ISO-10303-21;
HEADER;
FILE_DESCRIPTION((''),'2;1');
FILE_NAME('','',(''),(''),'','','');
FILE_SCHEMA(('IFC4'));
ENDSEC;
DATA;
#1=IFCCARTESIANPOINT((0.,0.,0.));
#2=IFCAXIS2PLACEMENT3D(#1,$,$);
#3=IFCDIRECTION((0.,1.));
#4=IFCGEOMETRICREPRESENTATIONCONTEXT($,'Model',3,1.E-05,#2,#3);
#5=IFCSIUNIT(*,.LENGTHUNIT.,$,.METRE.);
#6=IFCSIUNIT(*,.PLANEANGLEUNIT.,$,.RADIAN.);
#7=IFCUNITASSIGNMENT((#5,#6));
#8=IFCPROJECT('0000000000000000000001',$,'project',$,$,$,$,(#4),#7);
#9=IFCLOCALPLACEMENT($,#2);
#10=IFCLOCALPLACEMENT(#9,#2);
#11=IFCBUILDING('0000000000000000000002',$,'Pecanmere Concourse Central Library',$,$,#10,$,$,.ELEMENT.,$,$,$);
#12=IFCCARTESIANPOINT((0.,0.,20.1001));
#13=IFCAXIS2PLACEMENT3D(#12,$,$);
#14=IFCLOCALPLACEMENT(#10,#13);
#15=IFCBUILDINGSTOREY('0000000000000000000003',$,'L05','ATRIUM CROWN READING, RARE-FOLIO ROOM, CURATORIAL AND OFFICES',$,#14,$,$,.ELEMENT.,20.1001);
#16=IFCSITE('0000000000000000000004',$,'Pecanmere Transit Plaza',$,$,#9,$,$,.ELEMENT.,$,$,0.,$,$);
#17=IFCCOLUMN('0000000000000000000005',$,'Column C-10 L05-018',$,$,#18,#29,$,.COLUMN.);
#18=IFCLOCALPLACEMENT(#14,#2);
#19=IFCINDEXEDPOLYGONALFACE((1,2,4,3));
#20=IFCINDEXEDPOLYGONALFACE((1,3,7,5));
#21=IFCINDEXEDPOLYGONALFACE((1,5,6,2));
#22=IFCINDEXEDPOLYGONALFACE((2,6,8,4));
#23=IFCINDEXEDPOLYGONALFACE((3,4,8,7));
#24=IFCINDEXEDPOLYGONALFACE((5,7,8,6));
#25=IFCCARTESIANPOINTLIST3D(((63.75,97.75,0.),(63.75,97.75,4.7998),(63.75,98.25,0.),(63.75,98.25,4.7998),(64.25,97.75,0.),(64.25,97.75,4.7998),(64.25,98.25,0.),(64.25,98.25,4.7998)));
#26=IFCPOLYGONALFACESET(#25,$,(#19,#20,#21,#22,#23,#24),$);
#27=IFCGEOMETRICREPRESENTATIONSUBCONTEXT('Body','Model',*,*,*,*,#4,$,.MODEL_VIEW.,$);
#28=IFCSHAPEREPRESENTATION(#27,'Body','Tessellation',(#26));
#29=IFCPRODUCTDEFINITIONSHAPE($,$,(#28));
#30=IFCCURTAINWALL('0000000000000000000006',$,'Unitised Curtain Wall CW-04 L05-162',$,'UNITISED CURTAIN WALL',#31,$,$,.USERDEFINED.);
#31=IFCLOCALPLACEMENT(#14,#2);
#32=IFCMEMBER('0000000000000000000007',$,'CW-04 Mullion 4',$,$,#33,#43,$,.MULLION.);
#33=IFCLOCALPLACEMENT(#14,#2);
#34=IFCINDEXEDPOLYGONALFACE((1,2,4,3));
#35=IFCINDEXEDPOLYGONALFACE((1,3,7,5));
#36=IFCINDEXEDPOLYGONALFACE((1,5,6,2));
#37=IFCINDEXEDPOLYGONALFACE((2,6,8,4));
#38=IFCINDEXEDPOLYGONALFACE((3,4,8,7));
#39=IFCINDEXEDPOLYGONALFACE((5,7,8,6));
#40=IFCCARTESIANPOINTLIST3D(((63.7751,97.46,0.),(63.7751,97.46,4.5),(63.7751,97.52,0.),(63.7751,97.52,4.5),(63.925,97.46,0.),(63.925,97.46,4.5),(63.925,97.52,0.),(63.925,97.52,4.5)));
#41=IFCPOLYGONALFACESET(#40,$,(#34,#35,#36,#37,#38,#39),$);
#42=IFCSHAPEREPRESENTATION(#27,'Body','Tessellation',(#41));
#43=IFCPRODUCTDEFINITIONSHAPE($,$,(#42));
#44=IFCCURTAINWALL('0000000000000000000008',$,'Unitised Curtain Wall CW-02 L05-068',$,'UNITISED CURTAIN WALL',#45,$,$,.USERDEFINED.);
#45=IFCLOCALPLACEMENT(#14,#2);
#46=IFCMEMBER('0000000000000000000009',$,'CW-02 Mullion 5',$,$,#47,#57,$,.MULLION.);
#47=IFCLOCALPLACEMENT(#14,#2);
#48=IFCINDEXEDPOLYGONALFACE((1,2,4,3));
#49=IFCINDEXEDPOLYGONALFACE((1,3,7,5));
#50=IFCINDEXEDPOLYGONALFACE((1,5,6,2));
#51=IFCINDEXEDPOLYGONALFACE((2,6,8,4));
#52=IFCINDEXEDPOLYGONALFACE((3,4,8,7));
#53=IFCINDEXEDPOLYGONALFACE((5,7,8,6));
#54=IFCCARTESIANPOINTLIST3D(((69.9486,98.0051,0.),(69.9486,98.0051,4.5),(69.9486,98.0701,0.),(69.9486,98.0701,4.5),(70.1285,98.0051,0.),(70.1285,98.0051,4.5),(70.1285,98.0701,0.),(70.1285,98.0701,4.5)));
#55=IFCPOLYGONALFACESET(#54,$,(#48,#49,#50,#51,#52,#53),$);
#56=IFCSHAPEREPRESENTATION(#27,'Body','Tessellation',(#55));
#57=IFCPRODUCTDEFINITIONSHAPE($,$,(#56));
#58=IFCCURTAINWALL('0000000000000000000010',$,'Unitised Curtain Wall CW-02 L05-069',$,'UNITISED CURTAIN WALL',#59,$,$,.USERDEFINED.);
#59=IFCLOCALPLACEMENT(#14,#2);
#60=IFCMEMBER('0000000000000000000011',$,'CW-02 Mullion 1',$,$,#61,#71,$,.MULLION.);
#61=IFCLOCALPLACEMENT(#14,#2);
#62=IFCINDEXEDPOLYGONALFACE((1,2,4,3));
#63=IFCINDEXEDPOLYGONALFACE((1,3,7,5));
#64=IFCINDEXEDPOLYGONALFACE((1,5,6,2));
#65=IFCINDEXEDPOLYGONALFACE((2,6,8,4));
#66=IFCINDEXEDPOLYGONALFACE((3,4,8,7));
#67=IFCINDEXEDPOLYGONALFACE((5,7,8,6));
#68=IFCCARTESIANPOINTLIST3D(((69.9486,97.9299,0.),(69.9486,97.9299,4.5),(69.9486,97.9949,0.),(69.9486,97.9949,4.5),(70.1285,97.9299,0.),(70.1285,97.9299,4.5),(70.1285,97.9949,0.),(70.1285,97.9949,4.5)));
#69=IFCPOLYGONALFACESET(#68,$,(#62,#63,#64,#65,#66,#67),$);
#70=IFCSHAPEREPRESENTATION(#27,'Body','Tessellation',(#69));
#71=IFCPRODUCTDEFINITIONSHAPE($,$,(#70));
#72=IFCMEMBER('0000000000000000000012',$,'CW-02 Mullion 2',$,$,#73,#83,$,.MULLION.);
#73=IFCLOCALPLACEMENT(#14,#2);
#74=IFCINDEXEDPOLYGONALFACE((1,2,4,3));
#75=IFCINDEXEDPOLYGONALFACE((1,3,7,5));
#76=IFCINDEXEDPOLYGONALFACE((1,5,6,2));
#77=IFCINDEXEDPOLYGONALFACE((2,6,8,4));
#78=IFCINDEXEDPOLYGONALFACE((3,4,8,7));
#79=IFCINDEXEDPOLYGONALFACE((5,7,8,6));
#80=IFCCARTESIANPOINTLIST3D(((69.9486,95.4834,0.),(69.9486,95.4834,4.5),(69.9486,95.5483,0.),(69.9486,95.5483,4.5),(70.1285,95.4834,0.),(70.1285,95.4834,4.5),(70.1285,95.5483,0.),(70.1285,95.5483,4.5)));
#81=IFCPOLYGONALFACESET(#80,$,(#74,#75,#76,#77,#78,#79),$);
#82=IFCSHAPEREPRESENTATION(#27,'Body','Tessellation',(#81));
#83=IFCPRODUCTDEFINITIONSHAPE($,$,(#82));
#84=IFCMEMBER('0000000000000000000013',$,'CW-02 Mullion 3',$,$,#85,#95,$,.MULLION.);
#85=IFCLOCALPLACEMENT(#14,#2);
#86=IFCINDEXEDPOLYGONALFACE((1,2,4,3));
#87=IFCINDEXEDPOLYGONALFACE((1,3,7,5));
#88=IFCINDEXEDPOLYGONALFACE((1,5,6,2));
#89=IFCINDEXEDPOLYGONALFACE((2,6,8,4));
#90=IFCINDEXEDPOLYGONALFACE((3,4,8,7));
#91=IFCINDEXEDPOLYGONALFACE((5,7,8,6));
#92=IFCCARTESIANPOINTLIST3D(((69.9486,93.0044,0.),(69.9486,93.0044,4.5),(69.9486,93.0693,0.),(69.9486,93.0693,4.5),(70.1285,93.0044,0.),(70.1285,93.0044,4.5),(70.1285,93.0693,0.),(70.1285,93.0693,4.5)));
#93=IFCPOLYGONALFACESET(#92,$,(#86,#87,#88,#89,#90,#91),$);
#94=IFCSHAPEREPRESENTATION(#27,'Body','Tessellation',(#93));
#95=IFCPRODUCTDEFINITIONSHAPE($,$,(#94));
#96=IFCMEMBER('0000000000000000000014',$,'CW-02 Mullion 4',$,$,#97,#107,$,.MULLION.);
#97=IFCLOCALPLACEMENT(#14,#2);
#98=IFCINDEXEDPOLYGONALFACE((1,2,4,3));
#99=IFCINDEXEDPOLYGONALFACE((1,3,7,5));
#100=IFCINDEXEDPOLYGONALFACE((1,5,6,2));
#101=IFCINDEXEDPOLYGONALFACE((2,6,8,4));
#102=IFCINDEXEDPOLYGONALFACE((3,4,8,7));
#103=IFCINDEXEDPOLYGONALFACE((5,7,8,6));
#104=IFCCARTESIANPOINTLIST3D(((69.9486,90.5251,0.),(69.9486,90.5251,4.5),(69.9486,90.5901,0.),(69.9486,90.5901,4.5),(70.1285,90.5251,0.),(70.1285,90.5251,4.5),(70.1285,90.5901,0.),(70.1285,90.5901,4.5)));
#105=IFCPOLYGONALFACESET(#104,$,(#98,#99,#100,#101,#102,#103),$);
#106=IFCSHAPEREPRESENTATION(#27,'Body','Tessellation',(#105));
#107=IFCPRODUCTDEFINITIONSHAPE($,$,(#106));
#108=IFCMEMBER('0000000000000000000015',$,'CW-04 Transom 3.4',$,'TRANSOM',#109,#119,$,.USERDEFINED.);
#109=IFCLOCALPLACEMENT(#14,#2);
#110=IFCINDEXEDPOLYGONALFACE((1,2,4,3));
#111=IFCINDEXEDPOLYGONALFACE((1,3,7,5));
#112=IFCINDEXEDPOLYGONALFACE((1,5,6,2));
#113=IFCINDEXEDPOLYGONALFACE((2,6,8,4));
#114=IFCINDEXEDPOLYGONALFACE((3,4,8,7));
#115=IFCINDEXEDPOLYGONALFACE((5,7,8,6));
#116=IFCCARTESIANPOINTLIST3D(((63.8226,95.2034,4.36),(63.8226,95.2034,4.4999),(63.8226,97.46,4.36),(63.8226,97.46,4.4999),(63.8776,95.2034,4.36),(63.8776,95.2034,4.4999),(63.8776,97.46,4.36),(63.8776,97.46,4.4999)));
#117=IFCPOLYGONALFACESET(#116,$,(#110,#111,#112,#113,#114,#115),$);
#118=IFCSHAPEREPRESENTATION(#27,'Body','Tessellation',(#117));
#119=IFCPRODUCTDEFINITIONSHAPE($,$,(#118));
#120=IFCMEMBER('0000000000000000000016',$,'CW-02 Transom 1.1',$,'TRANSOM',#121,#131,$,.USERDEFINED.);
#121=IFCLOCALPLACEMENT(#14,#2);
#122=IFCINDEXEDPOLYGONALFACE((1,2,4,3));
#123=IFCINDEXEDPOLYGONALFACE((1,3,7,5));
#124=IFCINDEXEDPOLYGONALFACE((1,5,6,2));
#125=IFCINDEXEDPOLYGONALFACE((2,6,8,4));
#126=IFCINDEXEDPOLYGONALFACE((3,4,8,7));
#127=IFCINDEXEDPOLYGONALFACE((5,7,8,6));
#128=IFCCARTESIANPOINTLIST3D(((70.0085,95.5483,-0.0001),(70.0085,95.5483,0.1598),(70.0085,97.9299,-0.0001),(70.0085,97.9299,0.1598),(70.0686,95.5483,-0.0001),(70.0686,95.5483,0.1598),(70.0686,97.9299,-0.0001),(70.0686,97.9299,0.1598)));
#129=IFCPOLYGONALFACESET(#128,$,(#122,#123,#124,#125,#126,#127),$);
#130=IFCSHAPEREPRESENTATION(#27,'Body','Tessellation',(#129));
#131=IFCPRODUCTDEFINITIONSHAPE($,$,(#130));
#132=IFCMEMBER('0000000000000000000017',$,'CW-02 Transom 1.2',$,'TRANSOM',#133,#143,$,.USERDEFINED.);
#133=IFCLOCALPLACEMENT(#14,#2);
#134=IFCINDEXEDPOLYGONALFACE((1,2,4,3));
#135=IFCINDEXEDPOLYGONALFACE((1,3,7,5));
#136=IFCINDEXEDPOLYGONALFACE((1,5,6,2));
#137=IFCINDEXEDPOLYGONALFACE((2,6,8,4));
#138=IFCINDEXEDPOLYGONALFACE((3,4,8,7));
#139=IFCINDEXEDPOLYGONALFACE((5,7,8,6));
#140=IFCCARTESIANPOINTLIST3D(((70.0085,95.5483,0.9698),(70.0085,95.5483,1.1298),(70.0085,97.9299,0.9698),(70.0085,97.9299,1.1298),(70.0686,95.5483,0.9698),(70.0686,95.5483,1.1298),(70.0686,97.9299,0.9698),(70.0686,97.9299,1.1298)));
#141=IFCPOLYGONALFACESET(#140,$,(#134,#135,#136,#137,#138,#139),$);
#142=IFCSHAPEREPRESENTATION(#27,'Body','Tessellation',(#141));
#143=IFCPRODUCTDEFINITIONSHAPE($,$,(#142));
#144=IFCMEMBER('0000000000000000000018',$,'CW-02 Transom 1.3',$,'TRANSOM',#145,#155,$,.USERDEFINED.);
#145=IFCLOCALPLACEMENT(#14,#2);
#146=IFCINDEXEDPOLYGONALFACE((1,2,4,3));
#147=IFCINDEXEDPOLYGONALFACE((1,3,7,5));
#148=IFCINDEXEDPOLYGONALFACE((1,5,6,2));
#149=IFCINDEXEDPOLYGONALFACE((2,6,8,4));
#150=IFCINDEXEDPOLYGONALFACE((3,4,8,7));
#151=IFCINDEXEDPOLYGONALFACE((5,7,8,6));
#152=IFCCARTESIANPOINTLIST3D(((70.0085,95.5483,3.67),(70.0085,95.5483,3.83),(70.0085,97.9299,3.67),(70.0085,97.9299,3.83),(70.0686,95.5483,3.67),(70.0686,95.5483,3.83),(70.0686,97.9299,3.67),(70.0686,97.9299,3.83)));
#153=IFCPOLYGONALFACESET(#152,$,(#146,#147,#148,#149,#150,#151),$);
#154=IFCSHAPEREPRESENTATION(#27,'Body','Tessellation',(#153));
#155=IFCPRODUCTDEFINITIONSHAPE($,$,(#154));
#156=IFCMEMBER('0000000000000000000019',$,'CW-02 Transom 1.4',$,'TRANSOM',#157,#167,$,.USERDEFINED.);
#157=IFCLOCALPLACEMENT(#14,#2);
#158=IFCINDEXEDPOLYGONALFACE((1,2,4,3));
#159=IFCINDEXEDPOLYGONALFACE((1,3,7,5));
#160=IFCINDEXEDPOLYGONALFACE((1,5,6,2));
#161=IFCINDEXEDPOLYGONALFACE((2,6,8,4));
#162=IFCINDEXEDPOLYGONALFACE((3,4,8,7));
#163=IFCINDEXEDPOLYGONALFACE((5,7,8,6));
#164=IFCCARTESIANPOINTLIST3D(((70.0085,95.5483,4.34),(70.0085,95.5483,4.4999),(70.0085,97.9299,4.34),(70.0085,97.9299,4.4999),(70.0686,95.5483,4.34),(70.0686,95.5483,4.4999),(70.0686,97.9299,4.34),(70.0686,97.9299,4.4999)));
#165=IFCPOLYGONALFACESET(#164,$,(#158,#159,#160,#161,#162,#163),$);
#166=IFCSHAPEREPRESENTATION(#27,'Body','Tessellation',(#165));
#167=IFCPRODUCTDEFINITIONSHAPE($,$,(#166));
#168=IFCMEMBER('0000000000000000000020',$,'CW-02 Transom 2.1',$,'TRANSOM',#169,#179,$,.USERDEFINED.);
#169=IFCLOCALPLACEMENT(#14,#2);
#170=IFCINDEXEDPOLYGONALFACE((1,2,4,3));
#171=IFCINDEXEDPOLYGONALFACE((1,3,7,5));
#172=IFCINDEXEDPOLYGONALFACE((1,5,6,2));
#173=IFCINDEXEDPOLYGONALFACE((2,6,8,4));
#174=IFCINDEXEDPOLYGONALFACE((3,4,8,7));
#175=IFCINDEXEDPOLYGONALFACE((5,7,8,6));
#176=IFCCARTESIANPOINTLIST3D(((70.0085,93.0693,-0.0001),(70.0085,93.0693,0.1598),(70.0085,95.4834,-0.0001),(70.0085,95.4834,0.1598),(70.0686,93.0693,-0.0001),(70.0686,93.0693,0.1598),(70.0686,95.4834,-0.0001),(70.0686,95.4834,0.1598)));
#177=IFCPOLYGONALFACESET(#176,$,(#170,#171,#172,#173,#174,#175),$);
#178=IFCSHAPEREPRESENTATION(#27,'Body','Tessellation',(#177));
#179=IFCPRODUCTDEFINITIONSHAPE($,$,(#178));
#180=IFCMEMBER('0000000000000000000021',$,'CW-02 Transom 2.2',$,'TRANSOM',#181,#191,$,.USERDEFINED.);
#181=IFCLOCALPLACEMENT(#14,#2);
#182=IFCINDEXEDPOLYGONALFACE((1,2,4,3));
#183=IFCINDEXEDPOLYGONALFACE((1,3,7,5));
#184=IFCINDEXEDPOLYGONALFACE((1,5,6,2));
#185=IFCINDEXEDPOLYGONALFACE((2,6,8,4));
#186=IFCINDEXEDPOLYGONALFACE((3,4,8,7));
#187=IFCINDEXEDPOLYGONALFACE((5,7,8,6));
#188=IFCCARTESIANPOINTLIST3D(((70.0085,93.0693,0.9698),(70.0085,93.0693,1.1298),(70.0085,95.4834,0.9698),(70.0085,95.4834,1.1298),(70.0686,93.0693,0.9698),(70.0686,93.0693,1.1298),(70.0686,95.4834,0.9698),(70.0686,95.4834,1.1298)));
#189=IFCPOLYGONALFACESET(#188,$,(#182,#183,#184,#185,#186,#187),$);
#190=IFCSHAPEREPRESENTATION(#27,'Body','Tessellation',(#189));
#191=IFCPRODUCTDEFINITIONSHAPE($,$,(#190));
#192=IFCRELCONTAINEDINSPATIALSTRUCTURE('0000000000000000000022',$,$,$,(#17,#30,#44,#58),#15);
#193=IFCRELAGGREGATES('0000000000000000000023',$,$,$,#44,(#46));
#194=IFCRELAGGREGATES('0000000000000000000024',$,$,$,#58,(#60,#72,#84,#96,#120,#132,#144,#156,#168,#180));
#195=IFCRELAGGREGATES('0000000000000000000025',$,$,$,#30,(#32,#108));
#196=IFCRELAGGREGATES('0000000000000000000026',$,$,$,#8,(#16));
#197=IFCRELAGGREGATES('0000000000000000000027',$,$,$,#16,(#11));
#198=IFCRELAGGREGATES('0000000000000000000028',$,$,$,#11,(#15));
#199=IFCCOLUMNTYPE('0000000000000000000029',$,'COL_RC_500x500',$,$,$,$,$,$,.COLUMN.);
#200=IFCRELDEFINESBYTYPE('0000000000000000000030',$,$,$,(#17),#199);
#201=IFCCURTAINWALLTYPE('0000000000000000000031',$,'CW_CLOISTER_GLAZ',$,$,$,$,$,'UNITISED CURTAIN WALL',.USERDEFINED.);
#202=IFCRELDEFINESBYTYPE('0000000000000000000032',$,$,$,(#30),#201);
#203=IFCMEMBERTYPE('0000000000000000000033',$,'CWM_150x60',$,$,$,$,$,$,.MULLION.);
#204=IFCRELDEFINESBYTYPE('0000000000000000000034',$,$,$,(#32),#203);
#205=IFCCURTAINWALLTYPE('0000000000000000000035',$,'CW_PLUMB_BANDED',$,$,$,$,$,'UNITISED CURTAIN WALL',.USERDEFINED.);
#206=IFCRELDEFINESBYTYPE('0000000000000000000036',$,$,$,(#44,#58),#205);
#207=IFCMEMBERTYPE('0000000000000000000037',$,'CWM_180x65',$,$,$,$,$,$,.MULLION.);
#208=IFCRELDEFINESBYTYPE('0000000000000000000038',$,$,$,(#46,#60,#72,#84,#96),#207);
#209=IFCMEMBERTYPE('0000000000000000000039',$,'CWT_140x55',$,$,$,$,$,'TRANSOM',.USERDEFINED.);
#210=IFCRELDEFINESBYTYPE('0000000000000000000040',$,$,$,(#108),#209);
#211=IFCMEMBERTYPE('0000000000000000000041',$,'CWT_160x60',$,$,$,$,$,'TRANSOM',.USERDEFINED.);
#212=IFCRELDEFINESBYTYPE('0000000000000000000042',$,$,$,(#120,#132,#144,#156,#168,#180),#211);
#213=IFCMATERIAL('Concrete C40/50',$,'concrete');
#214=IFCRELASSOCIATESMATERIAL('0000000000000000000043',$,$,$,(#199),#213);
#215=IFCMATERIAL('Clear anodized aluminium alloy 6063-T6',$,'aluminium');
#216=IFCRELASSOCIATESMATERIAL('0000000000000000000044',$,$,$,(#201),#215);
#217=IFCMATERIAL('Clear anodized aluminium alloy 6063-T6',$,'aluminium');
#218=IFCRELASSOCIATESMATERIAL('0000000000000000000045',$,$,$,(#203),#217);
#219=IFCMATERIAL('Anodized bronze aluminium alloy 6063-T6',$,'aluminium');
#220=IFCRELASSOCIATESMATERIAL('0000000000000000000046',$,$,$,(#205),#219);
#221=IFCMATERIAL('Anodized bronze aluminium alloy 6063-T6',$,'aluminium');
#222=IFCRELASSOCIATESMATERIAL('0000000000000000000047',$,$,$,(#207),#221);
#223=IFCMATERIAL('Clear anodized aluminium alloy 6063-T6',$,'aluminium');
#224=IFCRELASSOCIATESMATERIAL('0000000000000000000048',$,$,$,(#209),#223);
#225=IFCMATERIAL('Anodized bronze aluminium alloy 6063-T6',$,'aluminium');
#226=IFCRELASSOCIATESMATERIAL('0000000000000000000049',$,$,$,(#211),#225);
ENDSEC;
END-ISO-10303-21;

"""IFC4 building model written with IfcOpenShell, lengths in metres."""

from ifc_helpers import new_model, si_unit, direction, frame, origin, origin_2d, place, context, subcontext, project, spatial, rectangle, extrude, material, material_profile, profile_set, type_object, element, aggregate, save


model = new_model("IFC4")

# Units and contexts
model_context = context("Model", 3, precision=1e-05, world=origin(), true_north=direction((0.0, 1.0)))
body_context = subcontext(model_context, "Body", "Model", "MODEL_VIEW")
ifc_project = project(units=[si_unit("LENGTHUNIT", "METRE"), si_unit("PLANEANGLEUNIT", "RADIAN")], contexts=[model_context])

# Site, building, storey
site_placement = place(None, origin())
site = spatial("IfcSite", under=ifc_project, at=site_placement, Name="Pecanmere Transit Plaza", CompositionType="ELEMENT", RefElevation=0.0)
building_placement = place(site_placement, origin())
building = spatial("IfcBuilding", under=site, at=building_placement, Name="Pecanmere Concourse Central Library", CompositionType="ELEMENT")
storey_placement = place(building_placement, frame((0.0, 0.0, 20.1001)))
storey = spatial("IfcBuildingStorey", under=building, at=storey_placement, Name="L05", Description="ATRIUM CROWN READING, RARE-FOLIO ROOM, CURATORIAL AND OFFICES", CompositionType="ELEMENT", Elevation=20.1001)

# Column
ifc_material_1 = material(Name="Concrete C40/50", Category="concrete")
ifc_material_profile_1 = material_profile(ifc_material_1, rectangle(XDim=0.5, YDim=0.5, at=origin_2d()), Name="RC 500x500")
ifc_profile_set_1 = profile_set([ifc_material_profile_1], Name="Concrete C40/50")
column_type = type_object("IfcColumnType", Name="COL_RC_500x500", PredefinedType="COLUMN", material=ifc_profile_set_1)
column_placement = place(storey_placement, frame((64.0, 98.0, 0.0), z_axis=(0.0, 0.0, 1.0), x_axis=(1.0, 0.0, 0.0)))
element("IfcColumn", 1, at=column_placement, inside=storey, type_object=column_type, Name="Column C-10 L05-018", PredefinedType="COLUMN", context=body_context, shape_type="SweptSolid", body=[
    extrude(rectangle(XDim=0.5, YDim=0.5, at=origin_2d()), origin(), (0.0, 0.0, 1.0), 4.7998),
])

# Curtain walls, members
ifc_material_2 = material(Name="Clear anodized aluminium alloy 6063-T6", Category="aluminium")
curtain_wall_type_1 = type_object("IfcCurtainWallType", Name="CW_CLOISTER_GLAZ", ElementType="UNITISED CURTAIN WALL", PredefinedType="USERDEFINED", material=ifc_material_2)
curtain_wall_1_placement = place(storey_placement, origin())
curtain_wall_1 = element("IfcCurtainWall", 2, at=curtain_wall_1_placement, inside=storey, type_object=curtain_wall_type_1, Name="Unitised Curtain Wall CW-04 L05-162", ObjectType="UNITISED CURTAIN WALL", PredefinedType="USERDEFINED")
ifc_material_3 = material(Name="Clear anodized aluminium alloy 6063-T6", Category="aluminium")
ifc_material_profile_2 = material_profile(ifc_material_3, rectangle(XDim=0.0601, YDim=0.1499, at=origin_2d()), Name="AL 60x150")
ifc_profile_set_2 = profile_set([ifc_material_profile_2], Name="Clear anodized aluminium alloy 6063-T6")
member_type_1 = type_object("IfcMemberType", Name="CWM_150x60", PredefinedType="MULLION", material=ifc_profile_set_2)
member_1_placement = place(storey_placement, frame((63.8501, 97.49, 0.0), z_axis=(0.0, 0.0, 1.0), x_axis=(0.0, 1.0, 0.0)))
member_1 = element("IfcMember", 3, at=member_1_placement, type_object=member_type_1, Name="CW-04 Mullion 4", PredefinedType="MULLION", context=body_context, shape_type="SweptSolid", body=[
    extrude(rectangle(XDim=0.0601, YDim=0.1499, at=origin_2d()), origin(), (0.0, 0.0, 1.0), 4.5),
])
ifc_material_4 = material(Name="Anodized bronze aluminium alloy 6063-T6", Category="aluminium")
curtain_wall_type_2 = type_object("IfcCurtainWallType", Name="CW_PLUMB_BANDED", ElementType="UNITISED CURTAIN WALL", PredefinedType="USERDEFINED", material=ifc_material_4)
curtain_wall_2_placement = place(storey_placement, origin())
curtain_wall_2 = element("IfcCurtainWall", 4, at=curtain_wall_2_placement, inside=storey, type_object=curtain_wall_type_2, Name="Unitised Curtain Wall CW-02 L05-068", ObjectType="UNITISED CURTAIN WALL", PredefinedType="USERDEFINED")
ifc_material_5 = material(Name="Anodized bronze aluminium alloy 6063-T6", Category="aluminium")
ifc_material_profile_3 = material_profile(ifc_material_5, rectangle(XDim=0.0649, YDim=0.1799, at=origin_2d()), Name="AL 65x180")
ifc_profile_set_3 = profile_set([ifc_material_profile_3], Name="Anodized bronze aluminium alloy 6063-T6")
member_type_2 = type_object("IfcMemberType", Name="CWM_180x65", PredefinedType="MULLION", material=ifc_profile_set_3)
member_2_placement = place(storey_placement, frame((70.0386, 98.0376, 0.0), z_axis=(0.0, 0.0, 1.0), x_axis=(0.0, -1.0, 0.0)))
member_2 = element("IfcMember", 5, at=member_2_placement, type_object=member_type_2, Name="CW-02 Mullion 5", PredefinedType="MULLION", context=body_context, shape_type="SweptSolid", body=[
    extrude(rectangle(XDim=0.0649, YDim=0.1799, at=origin_2d()), origin(), (0.0, 0.0, 1.0), 4.5),
])

# Curtain wall, members
curtain_wall_3_placement = place(storey_placement, origin())
curtain_wall_3 = element("IfcCurtainWall", 6, at=curtain_wall_3_placement, inside=storey, type_object=curtain_wall_type_2, Name="Unitised Curtain Wall CW-02 L05-069", ObjectType="UNITISED CURTAIN WALL", PredefinedType="USERDEFINED")
member_3_placement = place(storey_placement, frame((70.0386, 97.9624, 0.0), z_axis=(0.0, 0.0, 1.0), x_axis=(0.0, -1.0, 0.0)))
member_3 = element("IfcMember", 7, at=member_3_placement, type_object=member_type_2, Name="CW-02 Mullion 1", PredefinedType="MULLION", context=body_context, shape_type="SweptSolid", body=[
    extrude(rectangle(XDim=0.0649, YDim=0.1799, at=origin_2d()), origin(), (0.0, 0.0, 1.0), 4.5),
])
member_4_placement = place(storey_placement, frame((70.0386, 95.5159, 0.0), z_axis=(0.0, 0.0, 1.0), x_axis=(0.0, -1.0, 0.0)))
member_4 = element("IfcMember", 8, at=member_4_placement, type_object=member_type_2, Name="CW-02 Mullion 2", PredefinedType="MULLION", context=body_context, shape_type="SweptSolid", body=[
    extrude(rectangle(XDim=0.0649, YDim=0.1799, at=origin_2d()), origin(), (0.0, 0.0, 1.0), 4.5),
])
member_5_placement = place(storey_placement, frame((70.0386, 93.0369, 0.0), z_axis=(0.0, 0.0, 1.0), x_axis=(0.0, -1.0, 0.0)))
member_5 = element("IfcMember", 9, at=member_5_placement, type_object=member_type_2, Name="CW-02 Mullion 3", PredefinedType="MULLION", context=body_context, shape_type="SweptSolid", body=[
    extrude(rectangle(XDim=0.0649, YDim=0.1799, at=origin_2d()), origin(), (0.0, 0.0, 1.0), 4.5),
])
member_6_placement = place(storey_placement, frame((70.0386, 90.5576, 0.0), z_axis=(0.0, 0.0, 1.0), x_axis=(0.0, -1.0, 0.0)))
member_6 = element("IfcMember", 10, at=member_6_placement, type_object=member_type_2, Name="CW-02 Mullion 4", PredefinedType="MULLION", context=body_context, shape_type="SweptSolid", body=[
    extrude(rectangle(XDim=0.0649, YDim=0.1799, at=origin_2d()), origin(), (0.0, 0.0, 1.0), 4.5),
])

# Members
ifc_material_6 = material(Name="Clear anodized aluminium alloy 6063-T6", Category="aluminium")
ifc_material_profile_4 = material_profile(ifc_material_6, rectangle(XDim=0.0549, YDim=0.1399, at=origin_2d()), Name="AL 55x140")
ifc_profile_set_4 = profile_set([ifc_material_profile_4], Name="Clear anodized aluminium alloy 6063-T6")
member_type_3 = type_object("IfcMemberType", Name="CWT_140x55", ElementType="TRANSOM", PredefinedType="USERDEFINED", material=ifc_profile_set_4)
member_7_placement = place(storey_placement, frame((63.8501, 95.2034, 4.4299), z_axis=(0.0, 1.0, 0.0), x_axis=(-1.0, 0.0, 0.0)))
member_7 = element("IfcMember", 11, at=member_7_placement, type_object=member_type_3, Name="CW-04 Transom 3.4", ObjectType="TRANSOM", PredefinedType="USERDEFINED", context=body_context, shape_type="SweptSolid", body=[
    extrude(rectangle(XDim=0.0549, YDim=0.1399, at=origin_2d()), origin(), (0.0, 0.0, 1.0), 2.2566),
])
ifc_material_7 = material(Name="Anodized bronze aluminium alloy 6063-T6", Category="aluminium")
ifc_material_profile_5 = material_profile(ifc_material_7, rectangle(XDim=0.0601, YDim=0.1599, at=origin_2d()), Name="AL 60x160")
ifc_profile_set_5 = profile_set([ifc_material_profile_5], Name="Anodized bronze aluminium alloy 6063-T6")
member_type_4 = type_object("IfcMemberType", Name="CWT_160x60", ElementType="TRANSOM", PredefinedType="USERDEFINED", material=ifc_profile_set_5)
member_8_placement = place(storey_placement, frame((70.0386, 97.9299, 0.0798), z_axis=(0.0, -1.0, 0.0), x_axis=(1.0, 0.0, 0.0)))
member_8 = element("IfcMember", 12, at=member_8_placement, type_object=member_type_4, Name="CW-02 Transom 1.1", ObjectType="TRANSOM", PredefinedType="USERDEFINED", context=body_context, shape_type="SweptSolid", body=[
    extrude(rectangle(XDim=0.0601, YDim=0.1599, at=origin_2d()), origin(), (0.0, 0.0, 1.0), 2.3816),
])
member_9_placement = place(storey_placement, frame((70.0386, 97.9299, 1.0498), z_axis=(0.0, -1.0, 0.0), x_axis=(1.0, 0.0, 0.0)))
member_9 = element("IfcMember", 13, at=member_9_placement, type_object=member_type_4, Name="CW-02 Transom 1.2", ObjectType="TRANSOM", PredefinedType="USERDEFINED", context=body_context, shape_type="SweptSolid", body=[
    extrude(rectangle(XDim=0.0601, YDim=0.1599, at=origin_2d()), origin(), (0.0, 0.0, 1.0), 2.3816),
])
member_10_placement = place(storey_placement, frame((70.0386, 97.9299, 3.75), z_axis=(0.0, -1.0, 0.0), x_axis=(1.0, 0.0, 0.0)))
member_10 = element("IfcMember", 14, at=member_10_placement, type_object=member_type_4, Name="CW-02 Transom 1.3", ObjectType="TRANSOM", PredefinedType="USERDEFINED", context=body_context, shape_type="SweptSolid", body=[
    extrude(rectangle(XDim=0.0601, YDim=0.1599, at=origin_2d()), origin(), (0.0, 0.0, 1.0), 2.3816),
])
member_11_placement = place(storey_placement, frame((70.0386, 97.9299, 4.4199), z_axis=(0.0, -1.0, 0.0), x_axis=(1.0, 0.0, 0.0)))
member_11 = element("IfcMember", 15, at=member_11_placement, type_object=member_type_4, Name="CW-02 Transom 1.4", ObjectType="TRANSOM", PredefinedType="USERDEFINED", context=body_context, shape_type="SweptSolid", body=[
    extrude(rectangle(XDim=0.0601, YDim=0.1599, at=origin_2d()), origin(), (0.0, 0.0, 1.0), 2.3816),
])
member_12_placement = place(storey_placement, frame((70.0386, 95.4834, 0.0798), z_axis=(0.0, -1.0, 0.0), x_axis=(1.0, 0.0, 0.0)))
member_12 = element("IfcMember", 16, at=member_12_placement, type_object=member_type_4, Name="CW-02 Transom 2.1", ObjectType="TRANSOM", PredefinedType="USERDEFINED", context=body_context, shape_type="SweptSolid", body=[
    extrude(rectangle(XDim=0.0601, YDim=0.1599, at=origin_2d()), origin(), (0.0, 0.0, 1.0), 2.4141),
])
member_13_placement = place(storey_placement, frame((70.0386, 95.4834, 1.0498), z_axis=(0.0, -1.0, 0.0), x_axis=(1.0, 0.0, 0.0)))
member_13 = element("IfcMember", 17, at=member_13_placement, type_object=member_type_4, Name="CW-02 Transom 2.2", ObjectType="TRANSOM", PredefinedType="USERDEFINED", context=body_context, shape_type="SweptSolid", body=[
    extrude(rectangle(XDim=0.0601, YDim=0.1599, at=origin_2d()), origin(), (0.0, 0.0, 1.0), 2.4141),
])

aggregate(curtain_wall_2, [member_2])
aggregate(curtain_wall_3, [member_3, member_4, member_5, member_6, member_8, member_9, member_10, member_11, member_12, member_13])
aggregate(curtain_wall_1, [member_1, member_7])

save(model, "model.ifc")
